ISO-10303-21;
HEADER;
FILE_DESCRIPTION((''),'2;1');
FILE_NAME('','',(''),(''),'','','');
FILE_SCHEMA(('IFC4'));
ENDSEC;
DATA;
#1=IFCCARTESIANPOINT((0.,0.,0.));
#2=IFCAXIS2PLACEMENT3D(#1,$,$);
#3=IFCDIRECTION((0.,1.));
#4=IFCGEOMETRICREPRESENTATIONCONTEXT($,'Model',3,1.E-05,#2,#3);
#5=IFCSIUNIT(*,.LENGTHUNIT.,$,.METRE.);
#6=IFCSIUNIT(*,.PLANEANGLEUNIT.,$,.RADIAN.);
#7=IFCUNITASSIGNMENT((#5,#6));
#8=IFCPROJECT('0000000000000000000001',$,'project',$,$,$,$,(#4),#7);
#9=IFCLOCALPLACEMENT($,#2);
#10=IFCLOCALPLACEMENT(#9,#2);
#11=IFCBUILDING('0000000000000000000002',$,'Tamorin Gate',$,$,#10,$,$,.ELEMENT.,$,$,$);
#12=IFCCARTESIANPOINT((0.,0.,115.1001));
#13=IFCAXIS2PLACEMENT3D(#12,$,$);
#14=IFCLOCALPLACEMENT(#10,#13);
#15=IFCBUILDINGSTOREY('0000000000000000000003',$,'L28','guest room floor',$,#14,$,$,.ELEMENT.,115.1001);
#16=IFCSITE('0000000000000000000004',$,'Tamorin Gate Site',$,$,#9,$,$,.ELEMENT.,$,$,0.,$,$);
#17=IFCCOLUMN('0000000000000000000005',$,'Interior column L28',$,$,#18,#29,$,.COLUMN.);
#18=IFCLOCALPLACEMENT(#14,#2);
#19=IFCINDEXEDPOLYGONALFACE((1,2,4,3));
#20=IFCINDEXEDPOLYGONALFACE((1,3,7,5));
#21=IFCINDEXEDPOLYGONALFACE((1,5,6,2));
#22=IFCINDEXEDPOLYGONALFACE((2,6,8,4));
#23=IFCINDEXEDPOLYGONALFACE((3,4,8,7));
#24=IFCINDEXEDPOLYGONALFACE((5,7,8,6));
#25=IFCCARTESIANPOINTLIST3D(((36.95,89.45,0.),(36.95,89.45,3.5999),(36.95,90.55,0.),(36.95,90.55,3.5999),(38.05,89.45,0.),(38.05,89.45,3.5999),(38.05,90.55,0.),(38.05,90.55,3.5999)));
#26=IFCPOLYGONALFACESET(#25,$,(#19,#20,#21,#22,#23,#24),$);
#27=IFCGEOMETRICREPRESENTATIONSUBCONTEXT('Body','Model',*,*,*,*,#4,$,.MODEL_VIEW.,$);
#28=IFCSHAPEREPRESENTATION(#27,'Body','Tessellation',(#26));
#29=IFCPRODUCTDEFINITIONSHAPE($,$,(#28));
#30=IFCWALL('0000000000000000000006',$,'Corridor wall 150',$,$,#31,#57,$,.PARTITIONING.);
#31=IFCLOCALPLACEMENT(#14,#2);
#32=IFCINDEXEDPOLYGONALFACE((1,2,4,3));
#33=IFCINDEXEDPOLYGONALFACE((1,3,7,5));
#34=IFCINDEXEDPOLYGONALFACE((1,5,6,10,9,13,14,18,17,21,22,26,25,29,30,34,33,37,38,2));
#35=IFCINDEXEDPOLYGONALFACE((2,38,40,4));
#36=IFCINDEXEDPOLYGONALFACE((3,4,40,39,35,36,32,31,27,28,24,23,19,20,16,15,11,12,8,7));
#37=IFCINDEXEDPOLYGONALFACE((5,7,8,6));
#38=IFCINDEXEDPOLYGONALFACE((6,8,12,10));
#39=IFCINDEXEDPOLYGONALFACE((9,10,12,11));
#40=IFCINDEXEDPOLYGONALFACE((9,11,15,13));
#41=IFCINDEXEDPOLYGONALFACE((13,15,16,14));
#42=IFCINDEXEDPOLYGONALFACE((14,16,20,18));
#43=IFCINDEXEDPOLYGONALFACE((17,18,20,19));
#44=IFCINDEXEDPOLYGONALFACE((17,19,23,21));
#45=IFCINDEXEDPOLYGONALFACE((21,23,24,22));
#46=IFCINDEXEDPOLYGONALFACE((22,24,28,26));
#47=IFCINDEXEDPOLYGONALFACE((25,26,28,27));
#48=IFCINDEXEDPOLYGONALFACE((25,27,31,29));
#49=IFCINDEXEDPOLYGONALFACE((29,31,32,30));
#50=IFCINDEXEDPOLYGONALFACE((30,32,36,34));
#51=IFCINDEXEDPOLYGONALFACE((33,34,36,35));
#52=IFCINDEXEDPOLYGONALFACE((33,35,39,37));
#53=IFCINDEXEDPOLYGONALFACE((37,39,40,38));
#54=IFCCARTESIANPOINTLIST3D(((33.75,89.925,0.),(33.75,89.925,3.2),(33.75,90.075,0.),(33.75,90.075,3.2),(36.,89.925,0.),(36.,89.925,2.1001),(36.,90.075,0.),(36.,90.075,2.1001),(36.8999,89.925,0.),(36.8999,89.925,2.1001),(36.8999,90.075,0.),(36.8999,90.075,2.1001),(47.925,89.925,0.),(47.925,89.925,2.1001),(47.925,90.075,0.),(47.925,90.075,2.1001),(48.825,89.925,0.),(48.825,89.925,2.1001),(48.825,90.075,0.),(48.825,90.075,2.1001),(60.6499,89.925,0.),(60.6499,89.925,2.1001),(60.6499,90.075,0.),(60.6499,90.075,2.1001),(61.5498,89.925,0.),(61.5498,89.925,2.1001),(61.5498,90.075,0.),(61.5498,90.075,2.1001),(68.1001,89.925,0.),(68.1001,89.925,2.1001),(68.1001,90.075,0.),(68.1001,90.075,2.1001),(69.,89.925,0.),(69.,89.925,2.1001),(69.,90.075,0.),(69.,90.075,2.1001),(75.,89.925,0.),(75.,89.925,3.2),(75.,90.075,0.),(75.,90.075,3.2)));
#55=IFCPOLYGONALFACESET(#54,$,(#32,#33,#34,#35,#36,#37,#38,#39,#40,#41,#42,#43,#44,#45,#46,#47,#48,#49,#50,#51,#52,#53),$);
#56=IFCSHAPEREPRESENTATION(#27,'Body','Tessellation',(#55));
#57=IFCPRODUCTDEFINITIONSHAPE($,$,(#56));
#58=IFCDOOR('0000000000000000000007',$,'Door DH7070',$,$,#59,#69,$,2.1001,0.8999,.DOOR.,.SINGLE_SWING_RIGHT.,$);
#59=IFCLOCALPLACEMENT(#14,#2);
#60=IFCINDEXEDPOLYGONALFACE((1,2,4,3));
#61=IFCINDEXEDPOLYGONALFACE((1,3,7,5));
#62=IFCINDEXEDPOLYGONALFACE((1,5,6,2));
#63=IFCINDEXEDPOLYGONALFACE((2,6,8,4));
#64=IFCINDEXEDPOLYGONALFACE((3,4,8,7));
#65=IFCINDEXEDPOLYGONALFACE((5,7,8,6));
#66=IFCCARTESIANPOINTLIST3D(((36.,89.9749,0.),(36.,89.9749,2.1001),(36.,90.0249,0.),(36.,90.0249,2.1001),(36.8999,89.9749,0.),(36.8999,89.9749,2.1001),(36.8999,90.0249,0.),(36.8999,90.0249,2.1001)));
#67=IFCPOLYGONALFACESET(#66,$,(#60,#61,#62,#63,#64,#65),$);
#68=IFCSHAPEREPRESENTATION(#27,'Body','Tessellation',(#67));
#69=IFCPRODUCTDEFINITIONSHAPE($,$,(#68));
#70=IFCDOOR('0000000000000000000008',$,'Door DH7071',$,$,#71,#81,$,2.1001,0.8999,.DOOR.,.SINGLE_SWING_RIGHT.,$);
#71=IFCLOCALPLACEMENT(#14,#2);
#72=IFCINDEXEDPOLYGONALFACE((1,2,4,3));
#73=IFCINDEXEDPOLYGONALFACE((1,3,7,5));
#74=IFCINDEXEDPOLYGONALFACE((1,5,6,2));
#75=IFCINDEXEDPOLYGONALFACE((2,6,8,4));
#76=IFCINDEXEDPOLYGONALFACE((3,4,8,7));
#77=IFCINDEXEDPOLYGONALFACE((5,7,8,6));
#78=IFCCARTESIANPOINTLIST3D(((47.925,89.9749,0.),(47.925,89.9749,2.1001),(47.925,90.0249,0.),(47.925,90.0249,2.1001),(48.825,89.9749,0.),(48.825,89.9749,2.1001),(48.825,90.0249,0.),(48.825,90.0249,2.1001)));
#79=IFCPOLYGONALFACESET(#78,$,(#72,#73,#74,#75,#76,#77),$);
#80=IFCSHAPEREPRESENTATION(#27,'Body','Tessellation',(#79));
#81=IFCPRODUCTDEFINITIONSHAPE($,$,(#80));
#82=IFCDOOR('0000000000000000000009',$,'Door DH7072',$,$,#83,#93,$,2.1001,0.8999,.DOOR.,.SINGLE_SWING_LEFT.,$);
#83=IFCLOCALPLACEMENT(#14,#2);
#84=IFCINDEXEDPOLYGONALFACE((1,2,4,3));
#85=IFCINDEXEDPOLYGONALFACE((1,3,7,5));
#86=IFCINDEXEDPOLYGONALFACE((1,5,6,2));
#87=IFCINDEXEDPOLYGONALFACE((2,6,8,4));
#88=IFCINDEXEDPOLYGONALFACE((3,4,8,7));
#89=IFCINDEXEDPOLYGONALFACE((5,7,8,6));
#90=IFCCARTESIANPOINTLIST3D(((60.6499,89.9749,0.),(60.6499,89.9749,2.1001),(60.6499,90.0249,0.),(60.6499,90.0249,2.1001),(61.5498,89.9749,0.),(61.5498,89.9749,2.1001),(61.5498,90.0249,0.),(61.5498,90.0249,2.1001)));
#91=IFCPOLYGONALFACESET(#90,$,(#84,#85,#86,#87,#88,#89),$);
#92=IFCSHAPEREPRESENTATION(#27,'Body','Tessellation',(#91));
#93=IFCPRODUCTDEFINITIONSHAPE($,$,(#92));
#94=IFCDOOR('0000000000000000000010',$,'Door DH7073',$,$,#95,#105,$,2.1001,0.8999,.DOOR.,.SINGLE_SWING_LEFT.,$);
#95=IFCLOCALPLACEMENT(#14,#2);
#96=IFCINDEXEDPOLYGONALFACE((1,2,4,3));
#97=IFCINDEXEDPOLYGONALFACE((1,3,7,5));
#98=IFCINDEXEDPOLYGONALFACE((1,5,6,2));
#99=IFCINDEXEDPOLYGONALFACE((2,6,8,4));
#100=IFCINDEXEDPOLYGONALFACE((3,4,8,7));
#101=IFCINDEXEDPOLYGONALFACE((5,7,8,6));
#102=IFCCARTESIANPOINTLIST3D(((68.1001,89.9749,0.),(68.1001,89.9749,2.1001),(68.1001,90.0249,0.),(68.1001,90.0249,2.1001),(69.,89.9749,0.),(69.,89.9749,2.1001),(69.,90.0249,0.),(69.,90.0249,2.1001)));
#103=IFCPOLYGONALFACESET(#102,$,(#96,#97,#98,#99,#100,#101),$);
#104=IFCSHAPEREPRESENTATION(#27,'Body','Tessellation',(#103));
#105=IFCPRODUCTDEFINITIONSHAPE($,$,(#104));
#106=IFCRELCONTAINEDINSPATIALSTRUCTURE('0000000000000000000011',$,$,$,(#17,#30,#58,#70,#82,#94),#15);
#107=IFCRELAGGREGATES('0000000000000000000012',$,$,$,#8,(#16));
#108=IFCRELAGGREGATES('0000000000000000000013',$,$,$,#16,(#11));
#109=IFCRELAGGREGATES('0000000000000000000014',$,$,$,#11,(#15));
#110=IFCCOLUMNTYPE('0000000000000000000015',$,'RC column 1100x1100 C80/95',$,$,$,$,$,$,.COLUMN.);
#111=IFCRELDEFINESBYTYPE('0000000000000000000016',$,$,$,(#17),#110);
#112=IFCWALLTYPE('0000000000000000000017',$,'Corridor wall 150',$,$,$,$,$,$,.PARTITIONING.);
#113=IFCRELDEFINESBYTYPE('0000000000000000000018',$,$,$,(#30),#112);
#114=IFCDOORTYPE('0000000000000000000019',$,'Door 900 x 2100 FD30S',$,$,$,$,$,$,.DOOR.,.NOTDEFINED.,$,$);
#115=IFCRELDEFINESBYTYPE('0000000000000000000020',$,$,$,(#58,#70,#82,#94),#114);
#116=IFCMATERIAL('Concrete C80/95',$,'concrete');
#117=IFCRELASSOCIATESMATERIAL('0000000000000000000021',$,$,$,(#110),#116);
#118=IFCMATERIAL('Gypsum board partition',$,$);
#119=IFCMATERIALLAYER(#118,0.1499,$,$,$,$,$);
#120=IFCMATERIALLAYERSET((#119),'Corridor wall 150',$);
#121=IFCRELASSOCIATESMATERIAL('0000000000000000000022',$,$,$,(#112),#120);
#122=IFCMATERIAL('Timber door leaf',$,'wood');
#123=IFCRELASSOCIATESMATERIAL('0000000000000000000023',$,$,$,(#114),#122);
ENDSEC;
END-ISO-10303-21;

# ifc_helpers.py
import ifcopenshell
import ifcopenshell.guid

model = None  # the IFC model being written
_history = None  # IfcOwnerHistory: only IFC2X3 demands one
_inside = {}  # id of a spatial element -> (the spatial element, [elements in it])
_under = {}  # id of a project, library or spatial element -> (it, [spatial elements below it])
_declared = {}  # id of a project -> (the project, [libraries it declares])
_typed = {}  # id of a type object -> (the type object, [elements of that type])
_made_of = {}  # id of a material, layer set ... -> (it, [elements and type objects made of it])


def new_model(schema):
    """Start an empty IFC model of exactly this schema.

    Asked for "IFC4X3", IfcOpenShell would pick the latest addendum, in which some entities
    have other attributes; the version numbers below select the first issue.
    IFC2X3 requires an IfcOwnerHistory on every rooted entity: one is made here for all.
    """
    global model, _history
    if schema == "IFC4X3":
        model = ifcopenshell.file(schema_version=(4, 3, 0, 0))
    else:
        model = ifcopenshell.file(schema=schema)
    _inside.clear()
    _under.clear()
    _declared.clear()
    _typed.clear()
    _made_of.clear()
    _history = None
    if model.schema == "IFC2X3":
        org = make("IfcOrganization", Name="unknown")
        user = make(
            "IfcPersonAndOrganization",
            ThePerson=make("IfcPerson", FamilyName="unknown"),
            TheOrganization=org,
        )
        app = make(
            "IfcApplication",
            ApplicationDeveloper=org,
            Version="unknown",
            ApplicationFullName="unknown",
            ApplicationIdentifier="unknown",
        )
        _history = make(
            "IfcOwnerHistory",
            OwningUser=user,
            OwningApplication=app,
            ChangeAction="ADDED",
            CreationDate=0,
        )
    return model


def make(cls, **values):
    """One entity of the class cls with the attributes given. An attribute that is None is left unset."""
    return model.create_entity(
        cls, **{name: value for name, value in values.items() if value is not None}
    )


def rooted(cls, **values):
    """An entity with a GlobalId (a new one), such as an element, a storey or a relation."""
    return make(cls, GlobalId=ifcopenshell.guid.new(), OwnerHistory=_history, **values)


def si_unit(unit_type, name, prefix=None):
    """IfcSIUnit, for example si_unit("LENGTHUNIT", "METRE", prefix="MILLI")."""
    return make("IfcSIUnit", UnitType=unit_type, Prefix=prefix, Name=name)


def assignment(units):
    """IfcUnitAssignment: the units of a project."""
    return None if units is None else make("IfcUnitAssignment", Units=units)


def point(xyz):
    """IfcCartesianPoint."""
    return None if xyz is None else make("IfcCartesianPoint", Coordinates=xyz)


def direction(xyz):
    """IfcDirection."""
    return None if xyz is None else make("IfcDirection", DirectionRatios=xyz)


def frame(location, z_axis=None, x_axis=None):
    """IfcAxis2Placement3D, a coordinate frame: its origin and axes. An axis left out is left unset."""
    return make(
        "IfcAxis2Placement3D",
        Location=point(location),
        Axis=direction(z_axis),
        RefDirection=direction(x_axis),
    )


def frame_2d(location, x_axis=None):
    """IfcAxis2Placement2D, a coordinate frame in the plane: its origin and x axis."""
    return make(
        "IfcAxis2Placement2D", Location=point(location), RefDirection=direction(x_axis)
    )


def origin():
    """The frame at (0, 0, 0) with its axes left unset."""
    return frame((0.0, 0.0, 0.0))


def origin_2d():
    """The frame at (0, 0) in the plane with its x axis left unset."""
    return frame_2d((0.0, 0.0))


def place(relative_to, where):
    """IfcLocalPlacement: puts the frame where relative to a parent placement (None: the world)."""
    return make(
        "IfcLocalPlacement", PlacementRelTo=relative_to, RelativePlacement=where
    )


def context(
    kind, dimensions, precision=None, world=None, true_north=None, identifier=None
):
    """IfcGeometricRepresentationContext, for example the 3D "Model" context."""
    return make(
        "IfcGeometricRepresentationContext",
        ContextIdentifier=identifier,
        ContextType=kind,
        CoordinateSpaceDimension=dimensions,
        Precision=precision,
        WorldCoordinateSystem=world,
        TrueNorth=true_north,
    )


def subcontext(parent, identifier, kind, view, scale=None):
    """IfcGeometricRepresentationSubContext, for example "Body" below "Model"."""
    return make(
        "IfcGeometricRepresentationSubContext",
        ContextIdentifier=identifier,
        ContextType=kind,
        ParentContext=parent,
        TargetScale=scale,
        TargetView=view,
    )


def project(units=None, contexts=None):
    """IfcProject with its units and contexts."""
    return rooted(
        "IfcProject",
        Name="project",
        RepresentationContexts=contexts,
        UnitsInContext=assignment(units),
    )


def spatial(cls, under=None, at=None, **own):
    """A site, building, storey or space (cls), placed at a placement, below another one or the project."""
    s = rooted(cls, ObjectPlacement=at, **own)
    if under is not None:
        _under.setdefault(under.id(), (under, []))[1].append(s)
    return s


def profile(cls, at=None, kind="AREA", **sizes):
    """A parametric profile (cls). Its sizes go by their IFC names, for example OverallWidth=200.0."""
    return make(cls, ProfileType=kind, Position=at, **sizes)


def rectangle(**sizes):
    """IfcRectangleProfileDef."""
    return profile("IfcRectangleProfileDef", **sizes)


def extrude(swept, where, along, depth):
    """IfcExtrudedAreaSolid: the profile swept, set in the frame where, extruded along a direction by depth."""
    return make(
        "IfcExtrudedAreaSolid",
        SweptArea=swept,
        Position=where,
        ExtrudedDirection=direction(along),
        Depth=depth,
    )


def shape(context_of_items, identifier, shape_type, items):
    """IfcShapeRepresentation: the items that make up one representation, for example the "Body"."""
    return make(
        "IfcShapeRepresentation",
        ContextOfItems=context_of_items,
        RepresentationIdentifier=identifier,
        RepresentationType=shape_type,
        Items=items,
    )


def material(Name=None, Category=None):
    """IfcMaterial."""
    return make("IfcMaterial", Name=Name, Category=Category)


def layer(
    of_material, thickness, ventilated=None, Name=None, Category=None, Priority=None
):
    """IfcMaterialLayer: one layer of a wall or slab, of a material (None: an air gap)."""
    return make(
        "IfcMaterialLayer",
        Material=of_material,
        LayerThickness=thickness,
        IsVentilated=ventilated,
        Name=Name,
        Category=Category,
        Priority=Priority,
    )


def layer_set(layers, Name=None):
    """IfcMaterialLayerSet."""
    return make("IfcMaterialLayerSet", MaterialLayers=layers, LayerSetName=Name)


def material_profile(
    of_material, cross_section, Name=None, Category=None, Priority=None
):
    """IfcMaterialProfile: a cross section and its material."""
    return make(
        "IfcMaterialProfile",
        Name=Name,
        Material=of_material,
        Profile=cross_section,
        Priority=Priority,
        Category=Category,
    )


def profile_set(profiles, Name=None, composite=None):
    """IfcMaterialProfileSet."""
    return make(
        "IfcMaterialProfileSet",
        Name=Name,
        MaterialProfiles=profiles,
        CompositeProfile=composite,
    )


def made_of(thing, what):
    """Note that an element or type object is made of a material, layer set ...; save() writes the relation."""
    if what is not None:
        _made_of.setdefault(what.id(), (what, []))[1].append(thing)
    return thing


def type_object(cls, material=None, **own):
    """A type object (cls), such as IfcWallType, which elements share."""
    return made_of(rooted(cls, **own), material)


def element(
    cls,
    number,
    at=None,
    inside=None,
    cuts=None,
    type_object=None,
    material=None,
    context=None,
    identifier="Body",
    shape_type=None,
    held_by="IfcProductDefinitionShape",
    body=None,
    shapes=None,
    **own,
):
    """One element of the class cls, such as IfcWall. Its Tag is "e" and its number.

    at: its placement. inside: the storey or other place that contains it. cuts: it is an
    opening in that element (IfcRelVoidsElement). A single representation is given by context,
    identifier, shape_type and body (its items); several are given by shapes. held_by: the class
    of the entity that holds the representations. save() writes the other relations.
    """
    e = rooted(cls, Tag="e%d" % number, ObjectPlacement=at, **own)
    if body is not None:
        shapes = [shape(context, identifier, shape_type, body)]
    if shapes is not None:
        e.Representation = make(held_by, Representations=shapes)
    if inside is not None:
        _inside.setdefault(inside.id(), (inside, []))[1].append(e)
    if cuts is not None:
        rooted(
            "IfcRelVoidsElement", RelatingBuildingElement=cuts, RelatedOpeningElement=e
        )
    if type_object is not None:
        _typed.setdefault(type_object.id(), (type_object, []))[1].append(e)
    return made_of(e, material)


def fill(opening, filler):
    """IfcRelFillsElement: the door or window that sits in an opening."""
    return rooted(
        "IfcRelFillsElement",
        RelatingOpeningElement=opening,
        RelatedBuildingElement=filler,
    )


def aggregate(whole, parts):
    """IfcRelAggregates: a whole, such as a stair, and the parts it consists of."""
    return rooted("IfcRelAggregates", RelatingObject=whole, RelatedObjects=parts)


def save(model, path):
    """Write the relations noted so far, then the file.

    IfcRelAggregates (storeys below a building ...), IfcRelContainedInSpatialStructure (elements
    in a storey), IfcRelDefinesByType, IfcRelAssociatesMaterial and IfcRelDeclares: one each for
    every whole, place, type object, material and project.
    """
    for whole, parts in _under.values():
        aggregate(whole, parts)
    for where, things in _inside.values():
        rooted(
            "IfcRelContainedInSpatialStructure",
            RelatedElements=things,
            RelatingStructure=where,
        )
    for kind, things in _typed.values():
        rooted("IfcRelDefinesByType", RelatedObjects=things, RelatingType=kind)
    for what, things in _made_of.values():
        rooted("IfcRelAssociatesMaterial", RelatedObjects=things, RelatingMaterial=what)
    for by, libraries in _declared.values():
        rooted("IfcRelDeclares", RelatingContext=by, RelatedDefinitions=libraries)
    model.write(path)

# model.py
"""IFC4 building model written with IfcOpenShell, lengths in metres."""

from ifc_helpers import new_model, si_unit, direction, frame, frame_2d, origin, origin_2d, place, context, subcontext, project, spatial, rectangle, extrude, material, layer, layer_set, material_profile, profile_set, type_object, element, fill, save


model = new_model("IFC4")

# Units and contexts
model_context = context("Model", 3, precision=1e-05, world=origin(), true_north=direction((0.0, 1.0)))
body_context = subcontext(model_context, "Body", "Model", "MODEL_VIEW")
ifc_project = project(units=[si_unit("LENGTHUNIT", "METRE"), si_unit("PLANEANGLEUNIT", "RADIAN")], contexts=[model_context])

# Site, building, storey
site_placement = place(None, origin())
site = spatial("IfcSite", under=ifc_project, at=site_placement, Name="Tamorin Gate Site", CompositionType="ELEMENT", RefElevation=0.0)
building_placement = place(site_placement, origin())
building = spatial("IfcBuilding", under=site, at=building_placement, Name="Tamorin Gate", CompositionType="ELEMENT")
storey_placement = place(building_placement, frame((0.0, 0.0, 115.1001)))
storey = spatial("IfcBuildingStorey", under=building, at=storey_placement, Name="L28", Description="guest room floor", CompositionType="ELEMENT", Elevation=115.1001)

# Column
ifc_material_1 = material(Name="Concrete C80/95", Category="concrete")
ifc_material_profile = material_profile(ifc_material_1, rectangle(XDim=1.1001, YDim=1.1001, at=origin_2d()), Name="RC 1100x1100")
ifc_profile_set = profile_set([ifc_material_profile], Name="Concrete C80/95")
column_type = type_object("IfcColumnType", Name="RC column 1100x1100 C80/95", PredefinedType="COLUMN", material=ifc_profile_set)
column_placement = place(storey_placement, frame((37.5, 90.0, 0.0), z_axis=(0.0, 0.0, 1.0), x_axis=(1.0, 0.0, 0.0)))
element("IfcColumn", 1, at=column_placement, inside=storey, type_object=column_type, Name="Interior column L28", PredefinedType="COLUMN", context=body_context, shape_type="SweptSolid", body=[
    extrude(rectangle(XDim=1.1001, YDim=1.1001, at=origin_2d()), origin(), (0.0, 0.0, 1.0), 3.5999),
])

# Wall, openings, doors
ifc_material_2 = material(Name="Gypsum board partition")
ifc_layer_1 = layer(ifc_material_2, 0.1499)
ifc_layer_set_1 = layer_set([ifc_layer_1], Name="Corridor wall 150")
wall_type_1 = type_object("IfcWallType", Name="Corridor wall 150", PredefinedType="PARTITIONING", material=ifc_layer_set_1)
wall_1_placement = place(storey_placement, frame((33.75, 90.0, 0.0), z_axis=(0.0, 0.0, 1.0), x_axis=(1.0, 0.0, 0.0)))
wall_1 = element("IfcWall", 2, at=wall_1_placement, inside=storey, type_object=wall_type_1, Name="Corridor wall 150", PredefinedType="PARTITIONING", context=body_context, shape_type="SweptSolid", body=[
    extrude(rectangle(XDim=41.25, YDim=0.1499, at=frame_2d((20.625, 0.0))), origin(), (0.0, 0.0, 1.0), 3.2),
])
opening_1_placement = place(wall_1_placement, frame((2.25, 0.0, 0.0)))
opening_1 = element("IfcOpeningElement", 3, at=opening_1_placement, cuts=wall_1, PredefinedType="OPENING", context=body_context, shape_type="SweptSolid", body=[
    extrude(rectangle(XDim=0.8999, YDim=2.1001, at=frame_2d((0.45, 1.05))), frame((0.0, 0.085, 0.0), z_axis=(0.0, -1.0, 0.0), x_axis=(1.0, 0.0, 0.0)), (0.0, 0.0, 1.0), 0.1699),
])
opening_2_placement = place(wall_1_placement, frame((14.175, 0.0, 0.0)))
opening_2 = element("IfcOpeningElement", 4, at=opening_2_placement, cuts=wall_1, PredefinedType="OPENING", context=body_context, shape_type="SweptSolid", body=[
    extrude(rectangle(XDim=0.8999, YDim=2.1001, at=frame_2d((0.45, 1.05))), frame((0.0, 0.085, 0.0), z_axis=(0.0, -1.0, 0.0), x_axis=(1.0, 0.0, 0.0)), (0.0, 0.0, 1.0), 0.1699),
])
opening_3_placement = place(wall_1_placement, frame((26.8999, 0.0, 0.0)))
opening_3 = element("IfcOpeningElement", 5, at=opening_3_placement, cuts=wall_1, PredefinedType="OPENING", context=body_context, shape_type="SweptSolid", body=[
    extrude(rectangle(XDim=0.8999, YDim=2.1001, at=frame_2d((0.45, 1.05))), frame((0.0, 0.085, 0.0), z_axis=(0.0, -1.0, 0.0), x_axis=(1.0, 0.0, 0.0)), (0.0, 0.0, 1.0), 0.1699),
])
opening_4_placement = place(wall_1_placement, frame((34.3501, 0.0, 0.0)))
opening_4 = element("IfcOpeningElement", 6, at=opening_4_placement, cuts=wall_1, PredefinedType="OPENING", context=body_context, shape_type="SweptSolid", body=[
    extrude(rectangle(XDim=0.8999, YDim=2.1001, at=frame_2d((0.45, 1.05))), frame((0.0, 0.085, 0.0), z_axis=(0.0, -1.0, 0.0), x_axis=(1.0, 0.0, 0.0)), (0.0, 0.0, 1.0), 0.1699),
])
ifc_material_3 = material(Name="Timber door leaf", Category="wood")
door_type_1 = type_object("IfcDoorType", Name="Door 900 x 2100 FD30S", OperationType="NOTDEFINED", PredefinedType="DOOR", material=ifc_material_3)
door_1_placement = place(opening_1_placement, origin())
door_1 = element("IfcDoor", 7, at=door_1_placement, inside=storey, type_object=door_type_1, Name="Door DH7070", OperationType="SINGLE_SWING_RIGHT", OverallHeight=2.1001, OverallWidth=0.8999, PredefinedType="DOOR", context=body_context, shape_type="SweptSolid", body=[
    extrude(rectangle(XDim=0.8999, YDim=2.1001, at=frame_2d((0.45, 1.05))), frame((0.0, 0.0249, 0.0), z_axis=(0.0, -1.0, 0.0), x_axis=(1.0, 0.0, 0.0)), (0.0, 0.0, 1.0), 0.05),
])
fill(opening_1, door_1)
door_2_placement = place(opening_2_placement, origin())
door_2 = element("IfcDoor", 8, at=door_2_placement, inside=storey, type_object=door_type_1, Name="Door DH7071", OperationType="SINGLE_SWING_RIGHT", OverallHeight=2.1001, OverallWidth=0.8999, PredefinedType="DOOR", context=body_context, shape_type="SweptSolid", body=[
    extrude(rectangle(XDim=0.8999, YDim=2.1001, at=frame_2d((0.45, 1.05))), frame((0.0, 0.0249, 0.0), z_axis=(0.0, -1.0, 0.0), x_axis=(1.0, 0.0, 0.0)), (0.0, 0.0, 1.0), 0.05),
])
fill(opening_2, door_2)
door_3_placement = place(opening_3_placement, origin())
door_3 = element("IfcDoor", 9, at=door_3_placement, inside=storey, type_object=door_type_1, Name="Door DH7072", OperationType="SINGLE_SWING_LEFT", OverallHeight=2.1001, OverallWidth=0.8999, PredefinedType="DOOR", context=body_context, shape_type="SweptSolid", body=[
    extrude(rectangle(XDim=0.8999, YDim=2.1001, at=frame_2d((0.45, 1.05))), frame((0.0, 0.0249, 0.0), z_axis=(0.0, -1.0, 0.0), x_axis=(1.0, 0.0, 0.0)), (0.0, 0.0, 1.0), 0.05),
])
fill(opening_3, door_3)
door_4_placement = place(opening_4_placement, origin())
door_4 = element("IfcDoor", 10, at=door_4_placement, inside=storey, type_object=door_type_1, Name="Door DH7073", OperationType="SINGLE_SWING_LEFT", OverallHeight=2.1001, OverallWidth=0.8999, PredefinedType="DOOR", context=body_context, shape_type="SweptSolid", body=[
    extrude(rectangle(XDim=0.8999, YDim=2.1001, at=frame_2d((0.45, 1.05))), frame((0.0, 0.0249, 0.0), z_axis=(0.0, -1.0, 0.0), x_axis=(1.0, 0.0, 0.0)), (0.0, 0.0, 1.0), 0.05),
])
fill(opening_4, door_4)

save(model, "model.ifc")
